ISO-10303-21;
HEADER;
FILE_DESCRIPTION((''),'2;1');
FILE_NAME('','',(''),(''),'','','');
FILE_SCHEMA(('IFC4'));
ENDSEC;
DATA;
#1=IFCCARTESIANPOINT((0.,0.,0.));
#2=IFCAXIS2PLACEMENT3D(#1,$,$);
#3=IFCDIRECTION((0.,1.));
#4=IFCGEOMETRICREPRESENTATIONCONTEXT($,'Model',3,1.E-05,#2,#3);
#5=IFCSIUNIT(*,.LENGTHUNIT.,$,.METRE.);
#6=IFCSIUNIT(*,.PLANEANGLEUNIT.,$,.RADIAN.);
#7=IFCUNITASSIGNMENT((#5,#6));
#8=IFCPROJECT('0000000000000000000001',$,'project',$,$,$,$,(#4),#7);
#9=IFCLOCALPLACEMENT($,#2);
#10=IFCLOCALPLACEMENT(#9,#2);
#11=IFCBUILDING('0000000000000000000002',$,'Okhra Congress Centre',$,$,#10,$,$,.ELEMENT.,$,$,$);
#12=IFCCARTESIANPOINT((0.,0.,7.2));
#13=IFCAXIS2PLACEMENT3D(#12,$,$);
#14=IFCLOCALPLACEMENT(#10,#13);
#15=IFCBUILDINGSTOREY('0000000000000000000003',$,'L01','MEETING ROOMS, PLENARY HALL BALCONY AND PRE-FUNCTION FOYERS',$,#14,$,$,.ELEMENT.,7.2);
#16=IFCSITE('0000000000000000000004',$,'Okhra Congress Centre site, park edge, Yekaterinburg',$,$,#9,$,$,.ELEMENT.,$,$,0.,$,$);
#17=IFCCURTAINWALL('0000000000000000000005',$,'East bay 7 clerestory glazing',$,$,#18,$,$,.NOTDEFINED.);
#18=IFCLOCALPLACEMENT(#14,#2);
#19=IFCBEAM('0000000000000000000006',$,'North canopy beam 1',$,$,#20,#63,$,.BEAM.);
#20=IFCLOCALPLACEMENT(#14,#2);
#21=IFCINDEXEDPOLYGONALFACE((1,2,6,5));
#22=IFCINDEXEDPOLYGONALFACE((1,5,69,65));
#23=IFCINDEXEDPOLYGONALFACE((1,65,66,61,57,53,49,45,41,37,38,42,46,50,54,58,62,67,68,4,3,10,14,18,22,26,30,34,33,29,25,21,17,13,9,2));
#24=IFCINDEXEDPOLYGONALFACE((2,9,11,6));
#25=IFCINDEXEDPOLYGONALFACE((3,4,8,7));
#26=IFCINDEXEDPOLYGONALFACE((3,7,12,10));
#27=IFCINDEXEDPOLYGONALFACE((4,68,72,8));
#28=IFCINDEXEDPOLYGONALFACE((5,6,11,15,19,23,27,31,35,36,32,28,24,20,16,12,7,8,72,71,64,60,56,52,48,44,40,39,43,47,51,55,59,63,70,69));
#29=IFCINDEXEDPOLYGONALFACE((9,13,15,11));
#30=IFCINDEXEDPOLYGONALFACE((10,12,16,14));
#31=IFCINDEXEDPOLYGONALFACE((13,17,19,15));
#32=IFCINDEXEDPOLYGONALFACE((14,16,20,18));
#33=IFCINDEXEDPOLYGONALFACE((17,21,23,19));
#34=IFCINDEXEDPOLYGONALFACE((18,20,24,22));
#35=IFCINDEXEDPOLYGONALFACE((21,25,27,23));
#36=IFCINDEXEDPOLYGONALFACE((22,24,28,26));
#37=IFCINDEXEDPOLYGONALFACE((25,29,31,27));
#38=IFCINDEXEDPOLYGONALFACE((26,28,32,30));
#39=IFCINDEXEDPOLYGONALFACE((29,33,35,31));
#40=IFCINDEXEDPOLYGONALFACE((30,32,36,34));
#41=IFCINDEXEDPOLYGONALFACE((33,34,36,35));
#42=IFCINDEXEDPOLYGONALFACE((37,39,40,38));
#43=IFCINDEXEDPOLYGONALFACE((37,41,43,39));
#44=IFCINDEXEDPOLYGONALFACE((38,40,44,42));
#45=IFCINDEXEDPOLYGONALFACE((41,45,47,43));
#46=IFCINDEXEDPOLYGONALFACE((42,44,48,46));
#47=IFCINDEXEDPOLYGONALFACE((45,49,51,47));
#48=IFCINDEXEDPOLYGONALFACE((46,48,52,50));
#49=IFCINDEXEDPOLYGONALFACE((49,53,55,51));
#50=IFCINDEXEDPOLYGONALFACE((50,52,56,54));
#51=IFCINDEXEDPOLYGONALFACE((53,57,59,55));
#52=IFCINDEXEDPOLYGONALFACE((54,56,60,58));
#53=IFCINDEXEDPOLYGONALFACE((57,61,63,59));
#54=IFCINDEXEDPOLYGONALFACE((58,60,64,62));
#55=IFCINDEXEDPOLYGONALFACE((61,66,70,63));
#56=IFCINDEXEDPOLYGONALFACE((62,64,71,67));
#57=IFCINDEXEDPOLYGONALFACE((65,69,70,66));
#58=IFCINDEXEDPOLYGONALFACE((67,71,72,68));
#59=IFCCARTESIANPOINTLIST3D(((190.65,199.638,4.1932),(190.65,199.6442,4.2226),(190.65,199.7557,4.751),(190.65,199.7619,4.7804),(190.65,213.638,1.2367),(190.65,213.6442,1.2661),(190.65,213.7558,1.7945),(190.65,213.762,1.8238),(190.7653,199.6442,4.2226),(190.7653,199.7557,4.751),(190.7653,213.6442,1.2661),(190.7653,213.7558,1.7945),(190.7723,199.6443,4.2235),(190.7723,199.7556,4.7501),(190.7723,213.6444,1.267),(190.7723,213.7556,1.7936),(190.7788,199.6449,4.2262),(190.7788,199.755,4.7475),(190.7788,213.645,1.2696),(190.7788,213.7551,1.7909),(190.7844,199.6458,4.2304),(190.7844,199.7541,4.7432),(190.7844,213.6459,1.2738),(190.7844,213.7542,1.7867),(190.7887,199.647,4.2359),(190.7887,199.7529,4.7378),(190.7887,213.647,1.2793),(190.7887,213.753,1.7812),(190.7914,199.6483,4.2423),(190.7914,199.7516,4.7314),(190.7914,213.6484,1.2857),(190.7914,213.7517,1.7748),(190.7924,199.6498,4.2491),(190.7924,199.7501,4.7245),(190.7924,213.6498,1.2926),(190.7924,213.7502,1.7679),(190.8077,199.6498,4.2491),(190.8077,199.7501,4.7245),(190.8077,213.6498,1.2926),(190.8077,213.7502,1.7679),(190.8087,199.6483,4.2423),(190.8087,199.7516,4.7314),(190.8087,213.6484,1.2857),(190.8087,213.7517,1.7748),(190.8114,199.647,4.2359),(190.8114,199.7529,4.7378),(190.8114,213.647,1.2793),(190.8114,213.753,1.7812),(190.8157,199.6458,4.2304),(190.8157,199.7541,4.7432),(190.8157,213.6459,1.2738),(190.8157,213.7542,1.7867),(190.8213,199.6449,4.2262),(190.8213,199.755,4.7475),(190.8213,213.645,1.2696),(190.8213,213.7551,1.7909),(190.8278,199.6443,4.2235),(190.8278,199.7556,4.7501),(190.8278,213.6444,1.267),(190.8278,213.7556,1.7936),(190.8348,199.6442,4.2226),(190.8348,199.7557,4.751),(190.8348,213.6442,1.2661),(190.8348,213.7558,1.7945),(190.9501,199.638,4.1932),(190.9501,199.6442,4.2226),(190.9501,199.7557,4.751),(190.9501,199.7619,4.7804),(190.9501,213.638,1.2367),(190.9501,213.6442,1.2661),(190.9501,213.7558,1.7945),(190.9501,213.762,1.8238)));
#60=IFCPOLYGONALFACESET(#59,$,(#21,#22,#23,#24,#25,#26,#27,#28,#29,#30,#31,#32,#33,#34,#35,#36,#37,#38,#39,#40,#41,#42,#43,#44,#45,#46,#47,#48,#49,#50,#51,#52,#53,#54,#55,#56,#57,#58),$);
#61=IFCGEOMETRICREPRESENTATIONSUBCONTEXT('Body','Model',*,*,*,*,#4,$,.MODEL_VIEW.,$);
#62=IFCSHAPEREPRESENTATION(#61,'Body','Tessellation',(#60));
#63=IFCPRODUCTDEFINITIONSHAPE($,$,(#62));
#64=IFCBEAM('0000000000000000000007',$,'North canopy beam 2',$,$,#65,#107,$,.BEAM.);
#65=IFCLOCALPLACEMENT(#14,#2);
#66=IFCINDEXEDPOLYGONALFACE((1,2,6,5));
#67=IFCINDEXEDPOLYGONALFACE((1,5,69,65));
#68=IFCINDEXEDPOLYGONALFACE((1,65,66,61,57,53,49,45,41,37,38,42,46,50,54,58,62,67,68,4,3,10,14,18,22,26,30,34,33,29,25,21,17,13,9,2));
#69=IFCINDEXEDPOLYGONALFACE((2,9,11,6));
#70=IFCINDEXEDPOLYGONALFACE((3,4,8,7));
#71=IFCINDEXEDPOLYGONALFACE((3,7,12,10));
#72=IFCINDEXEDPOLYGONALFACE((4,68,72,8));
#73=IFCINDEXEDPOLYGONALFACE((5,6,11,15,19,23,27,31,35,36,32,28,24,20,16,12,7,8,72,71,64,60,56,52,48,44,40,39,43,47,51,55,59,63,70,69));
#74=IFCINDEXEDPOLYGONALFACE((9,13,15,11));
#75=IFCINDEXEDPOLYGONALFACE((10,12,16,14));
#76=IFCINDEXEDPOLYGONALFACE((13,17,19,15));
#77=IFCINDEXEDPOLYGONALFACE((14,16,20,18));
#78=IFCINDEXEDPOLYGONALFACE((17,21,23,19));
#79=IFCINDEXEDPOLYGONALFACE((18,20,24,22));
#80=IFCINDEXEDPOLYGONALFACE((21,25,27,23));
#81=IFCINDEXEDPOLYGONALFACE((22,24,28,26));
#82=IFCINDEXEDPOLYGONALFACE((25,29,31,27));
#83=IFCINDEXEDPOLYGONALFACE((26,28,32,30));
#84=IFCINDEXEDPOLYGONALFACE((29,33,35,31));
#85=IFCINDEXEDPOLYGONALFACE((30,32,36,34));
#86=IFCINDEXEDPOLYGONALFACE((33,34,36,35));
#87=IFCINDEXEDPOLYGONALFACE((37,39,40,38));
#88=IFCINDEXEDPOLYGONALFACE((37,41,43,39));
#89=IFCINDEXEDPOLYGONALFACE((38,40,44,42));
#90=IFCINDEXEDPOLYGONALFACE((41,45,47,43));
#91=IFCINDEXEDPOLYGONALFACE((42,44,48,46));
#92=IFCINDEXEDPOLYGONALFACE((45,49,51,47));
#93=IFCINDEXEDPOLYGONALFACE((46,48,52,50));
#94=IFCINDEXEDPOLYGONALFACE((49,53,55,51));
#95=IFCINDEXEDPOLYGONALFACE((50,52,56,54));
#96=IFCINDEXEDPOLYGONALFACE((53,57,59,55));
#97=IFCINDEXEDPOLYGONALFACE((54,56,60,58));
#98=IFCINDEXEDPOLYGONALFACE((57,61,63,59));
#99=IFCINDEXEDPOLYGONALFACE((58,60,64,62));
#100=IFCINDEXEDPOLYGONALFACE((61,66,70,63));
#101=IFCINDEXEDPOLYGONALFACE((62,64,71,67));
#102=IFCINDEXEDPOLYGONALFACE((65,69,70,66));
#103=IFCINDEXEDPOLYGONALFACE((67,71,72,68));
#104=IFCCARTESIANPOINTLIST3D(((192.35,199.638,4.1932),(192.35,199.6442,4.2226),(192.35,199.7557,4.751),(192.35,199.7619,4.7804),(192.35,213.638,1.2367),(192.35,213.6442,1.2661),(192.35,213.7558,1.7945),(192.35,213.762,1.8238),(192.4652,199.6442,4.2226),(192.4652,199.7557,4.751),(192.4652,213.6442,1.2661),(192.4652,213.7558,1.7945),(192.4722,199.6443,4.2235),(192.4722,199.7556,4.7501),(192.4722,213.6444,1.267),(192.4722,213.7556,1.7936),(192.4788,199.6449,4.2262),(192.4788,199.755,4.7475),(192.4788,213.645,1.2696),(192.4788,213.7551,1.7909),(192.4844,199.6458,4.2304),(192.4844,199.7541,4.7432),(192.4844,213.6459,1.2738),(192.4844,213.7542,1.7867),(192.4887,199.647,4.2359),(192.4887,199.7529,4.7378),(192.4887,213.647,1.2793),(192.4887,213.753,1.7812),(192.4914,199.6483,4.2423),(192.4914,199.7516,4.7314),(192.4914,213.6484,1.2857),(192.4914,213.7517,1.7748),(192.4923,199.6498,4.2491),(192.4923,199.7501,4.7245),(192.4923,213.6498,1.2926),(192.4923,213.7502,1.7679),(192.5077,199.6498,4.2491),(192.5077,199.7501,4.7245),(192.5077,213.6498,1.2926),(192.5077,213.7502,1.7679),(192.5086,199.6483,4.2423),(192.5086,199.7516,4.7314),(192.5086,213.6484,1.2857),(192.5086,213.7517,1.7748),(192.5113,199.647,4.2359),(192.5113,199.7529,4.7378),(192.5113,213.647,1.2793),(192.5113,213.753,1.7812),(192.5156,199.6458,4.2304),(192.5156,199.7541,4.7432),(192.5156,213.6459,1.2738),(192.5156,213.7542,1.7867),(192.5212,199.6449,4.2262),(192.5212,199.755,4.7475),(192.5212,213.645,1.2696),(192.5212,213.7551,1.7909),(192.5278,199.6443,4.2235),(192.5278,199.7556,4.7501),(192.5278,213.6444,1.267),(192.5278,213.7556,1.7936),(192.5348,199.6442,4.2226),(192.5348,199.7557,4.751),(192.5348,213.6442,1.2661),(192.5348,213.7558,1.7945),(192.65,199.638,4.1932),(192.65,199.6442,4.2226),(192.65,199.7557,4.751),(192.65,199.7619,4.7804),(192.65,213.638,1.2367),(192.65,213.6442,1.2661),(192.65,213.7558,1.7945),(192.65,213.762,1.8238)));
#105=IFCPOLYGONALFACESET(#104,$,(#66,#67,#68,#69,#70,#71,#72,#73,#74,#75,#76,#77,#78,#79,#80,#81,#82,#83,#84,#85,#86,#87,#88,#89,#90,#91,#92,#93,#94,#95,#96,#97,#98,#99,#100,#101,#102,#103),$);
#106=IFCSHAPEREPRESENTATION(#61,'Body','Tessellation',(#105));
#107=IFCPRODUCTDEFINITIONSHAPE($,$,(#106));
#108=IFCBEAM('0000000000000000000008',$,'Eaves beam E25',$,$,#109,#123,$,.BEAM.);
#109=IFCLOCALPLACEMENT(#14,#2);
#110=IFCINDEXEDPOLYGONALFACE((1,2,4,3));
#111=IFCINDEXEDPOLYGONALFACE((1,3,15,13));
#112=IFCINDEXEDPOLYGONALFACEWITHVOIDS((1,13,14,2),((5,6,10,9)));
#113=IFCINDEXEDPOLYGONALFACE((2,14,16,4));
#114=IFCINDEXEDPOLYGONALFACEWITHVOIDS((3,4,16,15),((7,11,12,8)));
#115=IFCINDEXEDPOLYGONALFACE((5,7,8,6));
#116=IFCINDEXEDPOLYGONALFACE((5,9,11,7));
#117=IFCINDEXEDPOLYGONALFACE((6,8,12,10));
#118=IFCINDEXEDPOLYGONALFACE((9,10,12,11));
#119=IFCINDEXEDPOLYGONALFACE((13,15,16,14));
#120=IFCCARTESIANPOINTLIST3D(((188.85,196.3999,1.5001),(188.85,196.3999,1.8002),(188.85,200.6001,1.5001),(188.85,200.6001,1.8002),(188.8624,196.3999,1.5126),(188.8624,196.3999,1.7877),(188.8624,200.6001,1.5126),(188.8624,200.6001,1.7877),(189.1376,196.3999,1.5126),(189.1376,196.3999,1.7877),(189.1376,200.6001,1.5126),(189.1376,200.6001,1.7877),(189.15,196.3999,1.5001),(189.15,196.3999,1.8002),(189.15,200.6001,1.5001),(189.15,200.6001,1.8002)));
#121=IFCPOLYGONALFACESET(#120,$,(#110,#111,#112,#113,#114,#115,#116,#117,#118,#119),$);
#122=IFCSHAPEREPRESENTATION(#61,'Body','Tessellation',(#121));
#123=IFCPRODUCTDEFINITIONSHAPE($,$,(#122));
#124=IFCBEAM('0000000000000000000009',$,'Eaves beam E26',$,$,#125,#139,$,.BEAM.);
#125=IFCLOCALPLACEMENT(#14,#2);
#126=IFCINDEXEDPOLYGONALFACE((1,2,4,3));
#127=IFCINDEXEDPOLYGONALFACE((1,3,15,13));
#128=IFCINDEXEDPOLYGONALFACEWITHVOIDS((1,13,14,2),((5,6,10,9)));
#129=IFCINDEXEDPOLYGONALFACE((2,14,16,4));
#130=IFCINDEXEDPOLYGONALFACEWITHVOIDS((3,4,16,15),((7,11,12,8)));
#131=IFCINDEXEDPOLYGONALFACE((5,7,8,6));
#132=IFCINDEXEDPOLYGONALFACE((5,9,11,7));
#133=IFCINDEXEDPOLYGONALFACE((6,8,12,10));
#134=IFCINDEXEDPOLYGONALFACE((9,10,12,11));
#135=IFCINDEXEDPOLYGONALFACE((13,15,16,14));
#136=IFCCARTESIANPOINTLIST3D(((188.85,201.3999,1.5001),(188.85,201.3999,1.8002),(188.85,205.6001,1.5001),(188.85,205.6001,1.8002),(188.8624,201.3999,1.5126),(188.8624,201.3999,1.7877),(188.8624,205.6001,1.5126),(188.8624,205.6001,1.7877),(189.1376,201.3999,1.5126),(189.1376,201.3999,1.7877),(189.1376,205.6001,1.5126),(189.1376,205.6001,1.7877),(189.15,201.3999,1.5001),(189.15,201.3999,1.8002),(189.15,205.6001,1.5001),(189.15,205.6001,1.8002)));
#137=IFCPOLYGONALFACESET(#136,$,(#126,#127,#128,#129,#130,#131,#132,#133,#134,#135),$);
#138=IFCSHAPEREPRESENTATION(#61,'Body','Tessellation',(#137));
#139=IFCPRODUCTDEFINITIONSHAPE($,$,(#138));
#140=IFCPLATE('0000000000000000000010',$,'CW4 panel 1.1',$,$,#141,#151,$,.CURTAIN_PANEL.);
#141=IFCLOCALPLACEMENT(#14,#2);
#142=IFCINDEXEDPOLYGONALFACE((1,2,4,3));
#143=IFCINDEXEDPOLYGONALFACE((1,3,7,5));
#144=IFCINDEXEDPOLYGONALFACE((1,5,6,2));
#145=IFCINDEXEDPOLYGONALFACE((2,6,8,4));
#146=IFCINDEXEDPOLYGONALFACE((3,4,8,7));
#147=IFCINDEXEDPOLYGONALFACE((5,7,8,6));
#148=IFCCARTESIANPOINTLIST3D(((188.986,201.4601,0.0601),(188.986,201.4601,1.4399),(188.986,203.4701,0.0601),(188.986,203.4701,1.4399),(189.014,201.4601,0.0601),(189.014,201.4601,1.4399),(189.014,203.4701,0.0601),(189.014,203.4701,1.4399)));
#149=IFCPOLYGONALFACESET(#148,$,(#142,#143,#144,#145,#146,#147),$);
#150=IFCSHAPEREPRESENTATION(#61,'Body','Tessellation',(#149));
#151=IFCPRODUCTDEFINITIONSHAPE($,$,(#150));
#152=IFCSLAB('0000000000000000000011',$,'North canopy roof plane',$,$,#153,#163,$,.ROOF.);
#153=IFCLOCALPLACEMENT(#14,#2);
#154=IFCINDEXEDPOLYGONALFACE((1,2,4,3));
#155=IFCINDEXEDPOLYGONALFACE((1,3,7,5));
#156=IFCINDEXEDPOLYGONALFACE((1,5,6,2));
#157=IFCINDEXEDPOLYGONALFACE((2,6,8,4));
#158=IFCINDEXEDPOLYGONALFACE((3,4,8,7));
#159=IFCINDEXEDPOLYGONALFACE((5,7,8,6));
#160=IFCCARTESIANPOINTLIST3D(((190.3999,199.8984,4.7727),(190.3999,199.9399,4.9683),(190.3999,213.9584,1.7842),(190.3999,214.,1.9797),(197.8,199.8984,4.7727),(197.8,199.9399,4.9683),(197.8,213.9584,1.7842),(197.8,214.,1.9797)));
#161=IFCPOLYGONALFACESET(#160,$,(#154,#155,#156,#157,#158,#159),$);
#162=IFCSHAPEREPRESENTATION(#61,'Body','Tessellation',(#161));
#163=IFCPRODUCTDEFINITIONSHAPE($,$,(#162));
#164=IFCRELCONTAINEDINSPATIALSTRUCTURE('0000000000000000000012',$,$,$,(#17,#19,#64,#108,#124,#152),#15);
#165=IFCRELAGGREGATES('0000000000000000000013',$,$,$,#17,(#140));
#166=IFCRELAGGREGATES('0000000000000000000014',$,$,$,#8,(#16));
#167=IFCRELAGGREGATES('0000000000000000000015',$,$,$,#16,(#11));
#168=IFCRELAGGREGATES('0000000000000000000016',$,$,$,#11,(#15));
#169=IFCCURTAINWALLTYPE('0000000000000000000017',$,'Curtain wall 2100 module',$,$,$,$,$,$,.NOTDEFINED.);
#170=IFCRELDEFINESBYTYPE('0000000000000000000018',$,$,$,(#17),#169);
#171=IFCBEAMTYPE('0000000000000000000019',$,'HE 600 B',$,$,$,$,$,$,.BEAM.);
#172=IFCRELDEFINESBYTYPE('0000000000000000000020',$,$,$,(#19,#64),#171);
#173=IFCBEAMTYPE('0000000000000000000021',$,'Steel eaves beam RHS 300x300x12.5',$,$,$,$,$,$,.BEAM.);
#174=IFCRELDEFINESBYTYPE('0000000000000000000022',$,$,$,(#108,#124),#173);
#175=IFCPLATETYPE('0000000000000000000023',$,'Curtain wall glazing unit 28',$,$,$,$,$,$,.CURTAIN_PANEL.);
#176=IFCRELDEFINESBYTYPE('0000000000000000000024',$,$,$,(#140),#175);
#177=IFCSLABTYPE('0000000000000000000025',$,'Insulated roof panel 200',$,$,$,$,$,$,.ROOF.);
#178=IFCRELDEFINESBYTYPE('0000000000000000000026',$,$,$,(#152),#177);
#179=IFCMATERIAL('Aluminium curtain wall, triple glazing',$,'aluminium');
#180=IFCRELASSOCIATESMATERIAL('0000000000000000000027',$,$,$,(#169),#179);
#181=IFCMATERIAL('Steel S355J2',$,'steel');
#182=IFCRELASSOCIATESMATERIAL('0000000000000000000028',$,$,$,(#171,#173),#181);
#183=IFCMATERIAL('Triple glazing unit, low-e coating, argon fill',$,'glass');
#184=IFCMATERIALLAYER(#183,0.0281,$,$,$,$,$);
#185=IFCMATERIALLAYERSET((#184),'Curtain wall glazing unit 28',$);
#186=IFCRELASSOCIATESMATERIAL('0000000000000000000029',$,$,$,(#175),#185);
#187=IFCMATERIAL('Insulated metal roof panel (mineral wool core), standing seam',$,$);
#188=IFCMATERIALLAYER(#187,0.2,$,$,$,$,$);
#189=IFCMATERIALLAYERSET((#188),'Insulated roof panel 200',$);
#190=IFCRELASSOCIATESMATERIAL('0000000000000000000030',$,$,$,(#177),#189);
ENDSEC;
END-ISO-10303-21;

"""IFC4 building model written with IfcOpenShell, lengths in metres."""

from ifc_helpers import new_model, si_unit, direction, frame, origin, origin_2d, place, context, subcontext, project, spatial, polyline, rectangle, hollow_rectangle, i_section, outline, extrude, material, layer, layer_set, material_profile, profile_set, type_object, element, aggregate, save


model = new_model("IFC4")

# Units and contexts
model_context = context("Model", 3, precision=1e-05, world=origin(), true_north=direction((0.0, 1.0)))
body_context = subcontext(model_context, "Body", "Model", "MODEL_VIEW")
ifc_project = project(units=[si_unit("LENGTHUNIT", "METRE"), si_unit("PLANEANGLEUNIT", "RADIAN")], contexts=[model_context])

# Site, building, storey
site_placement = place(None, origin())
site = spatial("IfcSite", under=ifc_project, at=site_placement, Name="Okhra Congress Centre site, park edge, Yekaterinburg", CompositionType="ELEMENT", RefElevation=0.0)
building_placement = place(site_placement, origin())
building = spatial("IfcBuilding", under=site, at=building_placement, Name="Okhra Congress Centre", CompositionType="ELEMENT")
storey_placement = place(building_placement, frame((0.0, 0.0, 7.2)))
storey = spatial("IfcBuildingStorey", under=building, at=storey_placement, Name="L01", Description="MEETING ROOMS, PLENARY HALL BALCONY AND PRE-FUNCTION FOYERS", CompositionType="ELEMENT", Elevation=7.2)

# Shared definitions
ifc_material_1 = material(Name="Steel S355J2", Category="steel")

# Curtain wall
ifc_material_2 = material(Name="Aluminium curtain wall, triple glazing", Category="aluminium")
curtain_wall_type_1 = type_object("IfcCurtainWallType", Name="Curtain wall 2100 module", PredefinedType="NOTDEFINED", material=ifc_material_2)
curtain_wall_1_placement = place(storey_placement, origin())
curtain_wall_1 = element("IfcCurtainWall", 1, at=curtain_wall_1_placement, inside=storey, type_object=curtain_wall_type_1, Name="East bay 7 clerestory glazing", PredefinedType="NOTDEFINED")

# Beams
ifc_material_profile_1 = material_profile(ifc_material_1, i_section(OverallWidth=0.3, OverallDepth=0.6001, WebThickness=0.0154, FlangeThickness=0.03, FilletRadius=0.0271, at=origin_2d()), Name="HE 600 B")
ifc_profile_set_1 = profile_set([ifc_material_profile_1], Name="Steel S355J2")
beam_type_1 = type_object("IfcBeamType", Name="HE 600 B", PredefinedType="BEAM", material=ifc_profile_set_1)
for number, where, z_axis, x_axis, name in (
    (2, (190.8, 199.7, 4.4868), (0.0, 0.97842, -0.206624), (-1.0, 0.0, 0.0), "North canopy beam 1"),
    (3, (192.5, 199.7, 4.4868), (0.0, 0.97842, -0.206624), (-1.0, 0.0, 0.0), "North canopy beam 2"),
):
    element("IfcBeam", number, at=place(storey_placement, frame(where, z_axis=z_axis, x_axis=x_axis)), inside=storey, type_object=beam_type_1, Name=name, PredefinedType="BEAM", context=body_context, shape_type="SweptSolid", body=[
        extrude(i_section(OverallWidth=0.3, OverallDepth=0.6001, WebThickness=0.0154, FlangeThickness=0.03, FilletRadius=0.0271, at=origin_2d()), origin(), (0.0, 0.0, 1.0), 14.3088),
    ])
ifc_material_profile_2 = material_profile(ifc_material_1, hollow_rectangle(XDim=0.3, YDim=0.3, WallThickness=0.0125, at=origin_2d()), Name="RHS 300x300x12.5")
ifc_profile_set_2 = profile_set([ifc_material_profile_2], Name="Steel S355J2")
beam_type_2 = type_object("IfcBeamType", Name="Steel eaves beam RHS 300x300x12.5", PredefinedType="BEAM", material=ifc_profile_set_2)
for number, where, z_axis, x_axis, name in (
    (4, (189.0, 196.3999, 1.6501), (0.0, 1.0, 0.0), (-1.0, 0.0, 0.0), "Eaves beam E25"),
    (5, (189.0, 201.3999, 1.6501), (0.0, 1.0, 0.0), (-1.0, 0.0, 0.0), "Eaves beam E26"),
):
    element("IfcBeam", number, at=place(storey_placement, frame(where, z_axis=z_axis, x_axis=x_axis)), inside=storey, type_object=beam_type_2, Name=name, PredefinedType="BEAM", context=body_context, shape_type="SweptSolid", body=[
        extrude(hollow_rectangle(XDim=0.3, YDim=0.3, WallThickness=0.0125, at=origin_2d()), origin(), (0.0, 0.0, 1.0), 4.2002),
    ])

# Plate
ifc_material_3 = material(Name="Triple glazing unit, low-e coating, argon fill", Category="glass")
ifc_layer_1 = layer(ifc_material_3, 0.0281)
ifc_layer_set_1 = layer_set([ifc_layer_1], Name="Curtain wall glazing unit 28")
plate_type = type_object("IfcPlateType", Name="Curtain wall glazing unit 28", PredefinedType="CURTAIN_PANEL", material=ifc_layer_set_1)
plate_placement = place(storey_placement, frame((189.0, 202.4651, 0.0601), z_axis=(0.0, 0.0, 1.0), x_axis=(0.0, 1.0, 0.0)))
plate = element("IfcPlate", 6, at=plate_placement, type_object=plate_type, Name="CW4 panel 1.1", PredefinedType="CURTAIN_PANEL", context=body_context, shape_type="SweptSolid", body=[
    extrude(rectangle(XDim=2.01, YDim=0.0281, at=origin_2d()), origin(), (0.0, 0.0, 1.0), 1.3799),
])
aggregate(curtain_wall_1, [plate])

# Slab
ifc_material_4 = material(Name="Insulated metal roof panel (mineral wool core), standing seam")
ifc_layer_2 = layer(ifc_material_4, 0.2)
ifc_layer_set_2 = layer_set([ifc_layer_2], Name="Insulated roof panel 200")
slab_type = type_object("IfcSlabType", Name="Insulated roof panel 200", PredefinedType="ROOF", material=ifc_layer_set_2)
slab_placement = place(storey_placement, frame((190.3999, 199.9399, 4.9683), z_axis=(0.0, 0.20791, 0.978148), x_axis=(1.0, 0.0, 0.0)))
element("IfcSlab", 7, at=slab_placement, inside=storey, type_object=slab_type, Name="North canopy roof plane", PredefinedType="ROOF", context=body_context, shape_type="SweptSolid", body=[
    extrude(outline(polyline([(0.0, 0.0), (7.4001, 0.0), (7.4001, 14.3742), (0.0, 14.3742), (0.0, 0.0)])), origin(), (0.0, 0.0, -1.0), 0.2),
])

save(model, "model.ifc")
